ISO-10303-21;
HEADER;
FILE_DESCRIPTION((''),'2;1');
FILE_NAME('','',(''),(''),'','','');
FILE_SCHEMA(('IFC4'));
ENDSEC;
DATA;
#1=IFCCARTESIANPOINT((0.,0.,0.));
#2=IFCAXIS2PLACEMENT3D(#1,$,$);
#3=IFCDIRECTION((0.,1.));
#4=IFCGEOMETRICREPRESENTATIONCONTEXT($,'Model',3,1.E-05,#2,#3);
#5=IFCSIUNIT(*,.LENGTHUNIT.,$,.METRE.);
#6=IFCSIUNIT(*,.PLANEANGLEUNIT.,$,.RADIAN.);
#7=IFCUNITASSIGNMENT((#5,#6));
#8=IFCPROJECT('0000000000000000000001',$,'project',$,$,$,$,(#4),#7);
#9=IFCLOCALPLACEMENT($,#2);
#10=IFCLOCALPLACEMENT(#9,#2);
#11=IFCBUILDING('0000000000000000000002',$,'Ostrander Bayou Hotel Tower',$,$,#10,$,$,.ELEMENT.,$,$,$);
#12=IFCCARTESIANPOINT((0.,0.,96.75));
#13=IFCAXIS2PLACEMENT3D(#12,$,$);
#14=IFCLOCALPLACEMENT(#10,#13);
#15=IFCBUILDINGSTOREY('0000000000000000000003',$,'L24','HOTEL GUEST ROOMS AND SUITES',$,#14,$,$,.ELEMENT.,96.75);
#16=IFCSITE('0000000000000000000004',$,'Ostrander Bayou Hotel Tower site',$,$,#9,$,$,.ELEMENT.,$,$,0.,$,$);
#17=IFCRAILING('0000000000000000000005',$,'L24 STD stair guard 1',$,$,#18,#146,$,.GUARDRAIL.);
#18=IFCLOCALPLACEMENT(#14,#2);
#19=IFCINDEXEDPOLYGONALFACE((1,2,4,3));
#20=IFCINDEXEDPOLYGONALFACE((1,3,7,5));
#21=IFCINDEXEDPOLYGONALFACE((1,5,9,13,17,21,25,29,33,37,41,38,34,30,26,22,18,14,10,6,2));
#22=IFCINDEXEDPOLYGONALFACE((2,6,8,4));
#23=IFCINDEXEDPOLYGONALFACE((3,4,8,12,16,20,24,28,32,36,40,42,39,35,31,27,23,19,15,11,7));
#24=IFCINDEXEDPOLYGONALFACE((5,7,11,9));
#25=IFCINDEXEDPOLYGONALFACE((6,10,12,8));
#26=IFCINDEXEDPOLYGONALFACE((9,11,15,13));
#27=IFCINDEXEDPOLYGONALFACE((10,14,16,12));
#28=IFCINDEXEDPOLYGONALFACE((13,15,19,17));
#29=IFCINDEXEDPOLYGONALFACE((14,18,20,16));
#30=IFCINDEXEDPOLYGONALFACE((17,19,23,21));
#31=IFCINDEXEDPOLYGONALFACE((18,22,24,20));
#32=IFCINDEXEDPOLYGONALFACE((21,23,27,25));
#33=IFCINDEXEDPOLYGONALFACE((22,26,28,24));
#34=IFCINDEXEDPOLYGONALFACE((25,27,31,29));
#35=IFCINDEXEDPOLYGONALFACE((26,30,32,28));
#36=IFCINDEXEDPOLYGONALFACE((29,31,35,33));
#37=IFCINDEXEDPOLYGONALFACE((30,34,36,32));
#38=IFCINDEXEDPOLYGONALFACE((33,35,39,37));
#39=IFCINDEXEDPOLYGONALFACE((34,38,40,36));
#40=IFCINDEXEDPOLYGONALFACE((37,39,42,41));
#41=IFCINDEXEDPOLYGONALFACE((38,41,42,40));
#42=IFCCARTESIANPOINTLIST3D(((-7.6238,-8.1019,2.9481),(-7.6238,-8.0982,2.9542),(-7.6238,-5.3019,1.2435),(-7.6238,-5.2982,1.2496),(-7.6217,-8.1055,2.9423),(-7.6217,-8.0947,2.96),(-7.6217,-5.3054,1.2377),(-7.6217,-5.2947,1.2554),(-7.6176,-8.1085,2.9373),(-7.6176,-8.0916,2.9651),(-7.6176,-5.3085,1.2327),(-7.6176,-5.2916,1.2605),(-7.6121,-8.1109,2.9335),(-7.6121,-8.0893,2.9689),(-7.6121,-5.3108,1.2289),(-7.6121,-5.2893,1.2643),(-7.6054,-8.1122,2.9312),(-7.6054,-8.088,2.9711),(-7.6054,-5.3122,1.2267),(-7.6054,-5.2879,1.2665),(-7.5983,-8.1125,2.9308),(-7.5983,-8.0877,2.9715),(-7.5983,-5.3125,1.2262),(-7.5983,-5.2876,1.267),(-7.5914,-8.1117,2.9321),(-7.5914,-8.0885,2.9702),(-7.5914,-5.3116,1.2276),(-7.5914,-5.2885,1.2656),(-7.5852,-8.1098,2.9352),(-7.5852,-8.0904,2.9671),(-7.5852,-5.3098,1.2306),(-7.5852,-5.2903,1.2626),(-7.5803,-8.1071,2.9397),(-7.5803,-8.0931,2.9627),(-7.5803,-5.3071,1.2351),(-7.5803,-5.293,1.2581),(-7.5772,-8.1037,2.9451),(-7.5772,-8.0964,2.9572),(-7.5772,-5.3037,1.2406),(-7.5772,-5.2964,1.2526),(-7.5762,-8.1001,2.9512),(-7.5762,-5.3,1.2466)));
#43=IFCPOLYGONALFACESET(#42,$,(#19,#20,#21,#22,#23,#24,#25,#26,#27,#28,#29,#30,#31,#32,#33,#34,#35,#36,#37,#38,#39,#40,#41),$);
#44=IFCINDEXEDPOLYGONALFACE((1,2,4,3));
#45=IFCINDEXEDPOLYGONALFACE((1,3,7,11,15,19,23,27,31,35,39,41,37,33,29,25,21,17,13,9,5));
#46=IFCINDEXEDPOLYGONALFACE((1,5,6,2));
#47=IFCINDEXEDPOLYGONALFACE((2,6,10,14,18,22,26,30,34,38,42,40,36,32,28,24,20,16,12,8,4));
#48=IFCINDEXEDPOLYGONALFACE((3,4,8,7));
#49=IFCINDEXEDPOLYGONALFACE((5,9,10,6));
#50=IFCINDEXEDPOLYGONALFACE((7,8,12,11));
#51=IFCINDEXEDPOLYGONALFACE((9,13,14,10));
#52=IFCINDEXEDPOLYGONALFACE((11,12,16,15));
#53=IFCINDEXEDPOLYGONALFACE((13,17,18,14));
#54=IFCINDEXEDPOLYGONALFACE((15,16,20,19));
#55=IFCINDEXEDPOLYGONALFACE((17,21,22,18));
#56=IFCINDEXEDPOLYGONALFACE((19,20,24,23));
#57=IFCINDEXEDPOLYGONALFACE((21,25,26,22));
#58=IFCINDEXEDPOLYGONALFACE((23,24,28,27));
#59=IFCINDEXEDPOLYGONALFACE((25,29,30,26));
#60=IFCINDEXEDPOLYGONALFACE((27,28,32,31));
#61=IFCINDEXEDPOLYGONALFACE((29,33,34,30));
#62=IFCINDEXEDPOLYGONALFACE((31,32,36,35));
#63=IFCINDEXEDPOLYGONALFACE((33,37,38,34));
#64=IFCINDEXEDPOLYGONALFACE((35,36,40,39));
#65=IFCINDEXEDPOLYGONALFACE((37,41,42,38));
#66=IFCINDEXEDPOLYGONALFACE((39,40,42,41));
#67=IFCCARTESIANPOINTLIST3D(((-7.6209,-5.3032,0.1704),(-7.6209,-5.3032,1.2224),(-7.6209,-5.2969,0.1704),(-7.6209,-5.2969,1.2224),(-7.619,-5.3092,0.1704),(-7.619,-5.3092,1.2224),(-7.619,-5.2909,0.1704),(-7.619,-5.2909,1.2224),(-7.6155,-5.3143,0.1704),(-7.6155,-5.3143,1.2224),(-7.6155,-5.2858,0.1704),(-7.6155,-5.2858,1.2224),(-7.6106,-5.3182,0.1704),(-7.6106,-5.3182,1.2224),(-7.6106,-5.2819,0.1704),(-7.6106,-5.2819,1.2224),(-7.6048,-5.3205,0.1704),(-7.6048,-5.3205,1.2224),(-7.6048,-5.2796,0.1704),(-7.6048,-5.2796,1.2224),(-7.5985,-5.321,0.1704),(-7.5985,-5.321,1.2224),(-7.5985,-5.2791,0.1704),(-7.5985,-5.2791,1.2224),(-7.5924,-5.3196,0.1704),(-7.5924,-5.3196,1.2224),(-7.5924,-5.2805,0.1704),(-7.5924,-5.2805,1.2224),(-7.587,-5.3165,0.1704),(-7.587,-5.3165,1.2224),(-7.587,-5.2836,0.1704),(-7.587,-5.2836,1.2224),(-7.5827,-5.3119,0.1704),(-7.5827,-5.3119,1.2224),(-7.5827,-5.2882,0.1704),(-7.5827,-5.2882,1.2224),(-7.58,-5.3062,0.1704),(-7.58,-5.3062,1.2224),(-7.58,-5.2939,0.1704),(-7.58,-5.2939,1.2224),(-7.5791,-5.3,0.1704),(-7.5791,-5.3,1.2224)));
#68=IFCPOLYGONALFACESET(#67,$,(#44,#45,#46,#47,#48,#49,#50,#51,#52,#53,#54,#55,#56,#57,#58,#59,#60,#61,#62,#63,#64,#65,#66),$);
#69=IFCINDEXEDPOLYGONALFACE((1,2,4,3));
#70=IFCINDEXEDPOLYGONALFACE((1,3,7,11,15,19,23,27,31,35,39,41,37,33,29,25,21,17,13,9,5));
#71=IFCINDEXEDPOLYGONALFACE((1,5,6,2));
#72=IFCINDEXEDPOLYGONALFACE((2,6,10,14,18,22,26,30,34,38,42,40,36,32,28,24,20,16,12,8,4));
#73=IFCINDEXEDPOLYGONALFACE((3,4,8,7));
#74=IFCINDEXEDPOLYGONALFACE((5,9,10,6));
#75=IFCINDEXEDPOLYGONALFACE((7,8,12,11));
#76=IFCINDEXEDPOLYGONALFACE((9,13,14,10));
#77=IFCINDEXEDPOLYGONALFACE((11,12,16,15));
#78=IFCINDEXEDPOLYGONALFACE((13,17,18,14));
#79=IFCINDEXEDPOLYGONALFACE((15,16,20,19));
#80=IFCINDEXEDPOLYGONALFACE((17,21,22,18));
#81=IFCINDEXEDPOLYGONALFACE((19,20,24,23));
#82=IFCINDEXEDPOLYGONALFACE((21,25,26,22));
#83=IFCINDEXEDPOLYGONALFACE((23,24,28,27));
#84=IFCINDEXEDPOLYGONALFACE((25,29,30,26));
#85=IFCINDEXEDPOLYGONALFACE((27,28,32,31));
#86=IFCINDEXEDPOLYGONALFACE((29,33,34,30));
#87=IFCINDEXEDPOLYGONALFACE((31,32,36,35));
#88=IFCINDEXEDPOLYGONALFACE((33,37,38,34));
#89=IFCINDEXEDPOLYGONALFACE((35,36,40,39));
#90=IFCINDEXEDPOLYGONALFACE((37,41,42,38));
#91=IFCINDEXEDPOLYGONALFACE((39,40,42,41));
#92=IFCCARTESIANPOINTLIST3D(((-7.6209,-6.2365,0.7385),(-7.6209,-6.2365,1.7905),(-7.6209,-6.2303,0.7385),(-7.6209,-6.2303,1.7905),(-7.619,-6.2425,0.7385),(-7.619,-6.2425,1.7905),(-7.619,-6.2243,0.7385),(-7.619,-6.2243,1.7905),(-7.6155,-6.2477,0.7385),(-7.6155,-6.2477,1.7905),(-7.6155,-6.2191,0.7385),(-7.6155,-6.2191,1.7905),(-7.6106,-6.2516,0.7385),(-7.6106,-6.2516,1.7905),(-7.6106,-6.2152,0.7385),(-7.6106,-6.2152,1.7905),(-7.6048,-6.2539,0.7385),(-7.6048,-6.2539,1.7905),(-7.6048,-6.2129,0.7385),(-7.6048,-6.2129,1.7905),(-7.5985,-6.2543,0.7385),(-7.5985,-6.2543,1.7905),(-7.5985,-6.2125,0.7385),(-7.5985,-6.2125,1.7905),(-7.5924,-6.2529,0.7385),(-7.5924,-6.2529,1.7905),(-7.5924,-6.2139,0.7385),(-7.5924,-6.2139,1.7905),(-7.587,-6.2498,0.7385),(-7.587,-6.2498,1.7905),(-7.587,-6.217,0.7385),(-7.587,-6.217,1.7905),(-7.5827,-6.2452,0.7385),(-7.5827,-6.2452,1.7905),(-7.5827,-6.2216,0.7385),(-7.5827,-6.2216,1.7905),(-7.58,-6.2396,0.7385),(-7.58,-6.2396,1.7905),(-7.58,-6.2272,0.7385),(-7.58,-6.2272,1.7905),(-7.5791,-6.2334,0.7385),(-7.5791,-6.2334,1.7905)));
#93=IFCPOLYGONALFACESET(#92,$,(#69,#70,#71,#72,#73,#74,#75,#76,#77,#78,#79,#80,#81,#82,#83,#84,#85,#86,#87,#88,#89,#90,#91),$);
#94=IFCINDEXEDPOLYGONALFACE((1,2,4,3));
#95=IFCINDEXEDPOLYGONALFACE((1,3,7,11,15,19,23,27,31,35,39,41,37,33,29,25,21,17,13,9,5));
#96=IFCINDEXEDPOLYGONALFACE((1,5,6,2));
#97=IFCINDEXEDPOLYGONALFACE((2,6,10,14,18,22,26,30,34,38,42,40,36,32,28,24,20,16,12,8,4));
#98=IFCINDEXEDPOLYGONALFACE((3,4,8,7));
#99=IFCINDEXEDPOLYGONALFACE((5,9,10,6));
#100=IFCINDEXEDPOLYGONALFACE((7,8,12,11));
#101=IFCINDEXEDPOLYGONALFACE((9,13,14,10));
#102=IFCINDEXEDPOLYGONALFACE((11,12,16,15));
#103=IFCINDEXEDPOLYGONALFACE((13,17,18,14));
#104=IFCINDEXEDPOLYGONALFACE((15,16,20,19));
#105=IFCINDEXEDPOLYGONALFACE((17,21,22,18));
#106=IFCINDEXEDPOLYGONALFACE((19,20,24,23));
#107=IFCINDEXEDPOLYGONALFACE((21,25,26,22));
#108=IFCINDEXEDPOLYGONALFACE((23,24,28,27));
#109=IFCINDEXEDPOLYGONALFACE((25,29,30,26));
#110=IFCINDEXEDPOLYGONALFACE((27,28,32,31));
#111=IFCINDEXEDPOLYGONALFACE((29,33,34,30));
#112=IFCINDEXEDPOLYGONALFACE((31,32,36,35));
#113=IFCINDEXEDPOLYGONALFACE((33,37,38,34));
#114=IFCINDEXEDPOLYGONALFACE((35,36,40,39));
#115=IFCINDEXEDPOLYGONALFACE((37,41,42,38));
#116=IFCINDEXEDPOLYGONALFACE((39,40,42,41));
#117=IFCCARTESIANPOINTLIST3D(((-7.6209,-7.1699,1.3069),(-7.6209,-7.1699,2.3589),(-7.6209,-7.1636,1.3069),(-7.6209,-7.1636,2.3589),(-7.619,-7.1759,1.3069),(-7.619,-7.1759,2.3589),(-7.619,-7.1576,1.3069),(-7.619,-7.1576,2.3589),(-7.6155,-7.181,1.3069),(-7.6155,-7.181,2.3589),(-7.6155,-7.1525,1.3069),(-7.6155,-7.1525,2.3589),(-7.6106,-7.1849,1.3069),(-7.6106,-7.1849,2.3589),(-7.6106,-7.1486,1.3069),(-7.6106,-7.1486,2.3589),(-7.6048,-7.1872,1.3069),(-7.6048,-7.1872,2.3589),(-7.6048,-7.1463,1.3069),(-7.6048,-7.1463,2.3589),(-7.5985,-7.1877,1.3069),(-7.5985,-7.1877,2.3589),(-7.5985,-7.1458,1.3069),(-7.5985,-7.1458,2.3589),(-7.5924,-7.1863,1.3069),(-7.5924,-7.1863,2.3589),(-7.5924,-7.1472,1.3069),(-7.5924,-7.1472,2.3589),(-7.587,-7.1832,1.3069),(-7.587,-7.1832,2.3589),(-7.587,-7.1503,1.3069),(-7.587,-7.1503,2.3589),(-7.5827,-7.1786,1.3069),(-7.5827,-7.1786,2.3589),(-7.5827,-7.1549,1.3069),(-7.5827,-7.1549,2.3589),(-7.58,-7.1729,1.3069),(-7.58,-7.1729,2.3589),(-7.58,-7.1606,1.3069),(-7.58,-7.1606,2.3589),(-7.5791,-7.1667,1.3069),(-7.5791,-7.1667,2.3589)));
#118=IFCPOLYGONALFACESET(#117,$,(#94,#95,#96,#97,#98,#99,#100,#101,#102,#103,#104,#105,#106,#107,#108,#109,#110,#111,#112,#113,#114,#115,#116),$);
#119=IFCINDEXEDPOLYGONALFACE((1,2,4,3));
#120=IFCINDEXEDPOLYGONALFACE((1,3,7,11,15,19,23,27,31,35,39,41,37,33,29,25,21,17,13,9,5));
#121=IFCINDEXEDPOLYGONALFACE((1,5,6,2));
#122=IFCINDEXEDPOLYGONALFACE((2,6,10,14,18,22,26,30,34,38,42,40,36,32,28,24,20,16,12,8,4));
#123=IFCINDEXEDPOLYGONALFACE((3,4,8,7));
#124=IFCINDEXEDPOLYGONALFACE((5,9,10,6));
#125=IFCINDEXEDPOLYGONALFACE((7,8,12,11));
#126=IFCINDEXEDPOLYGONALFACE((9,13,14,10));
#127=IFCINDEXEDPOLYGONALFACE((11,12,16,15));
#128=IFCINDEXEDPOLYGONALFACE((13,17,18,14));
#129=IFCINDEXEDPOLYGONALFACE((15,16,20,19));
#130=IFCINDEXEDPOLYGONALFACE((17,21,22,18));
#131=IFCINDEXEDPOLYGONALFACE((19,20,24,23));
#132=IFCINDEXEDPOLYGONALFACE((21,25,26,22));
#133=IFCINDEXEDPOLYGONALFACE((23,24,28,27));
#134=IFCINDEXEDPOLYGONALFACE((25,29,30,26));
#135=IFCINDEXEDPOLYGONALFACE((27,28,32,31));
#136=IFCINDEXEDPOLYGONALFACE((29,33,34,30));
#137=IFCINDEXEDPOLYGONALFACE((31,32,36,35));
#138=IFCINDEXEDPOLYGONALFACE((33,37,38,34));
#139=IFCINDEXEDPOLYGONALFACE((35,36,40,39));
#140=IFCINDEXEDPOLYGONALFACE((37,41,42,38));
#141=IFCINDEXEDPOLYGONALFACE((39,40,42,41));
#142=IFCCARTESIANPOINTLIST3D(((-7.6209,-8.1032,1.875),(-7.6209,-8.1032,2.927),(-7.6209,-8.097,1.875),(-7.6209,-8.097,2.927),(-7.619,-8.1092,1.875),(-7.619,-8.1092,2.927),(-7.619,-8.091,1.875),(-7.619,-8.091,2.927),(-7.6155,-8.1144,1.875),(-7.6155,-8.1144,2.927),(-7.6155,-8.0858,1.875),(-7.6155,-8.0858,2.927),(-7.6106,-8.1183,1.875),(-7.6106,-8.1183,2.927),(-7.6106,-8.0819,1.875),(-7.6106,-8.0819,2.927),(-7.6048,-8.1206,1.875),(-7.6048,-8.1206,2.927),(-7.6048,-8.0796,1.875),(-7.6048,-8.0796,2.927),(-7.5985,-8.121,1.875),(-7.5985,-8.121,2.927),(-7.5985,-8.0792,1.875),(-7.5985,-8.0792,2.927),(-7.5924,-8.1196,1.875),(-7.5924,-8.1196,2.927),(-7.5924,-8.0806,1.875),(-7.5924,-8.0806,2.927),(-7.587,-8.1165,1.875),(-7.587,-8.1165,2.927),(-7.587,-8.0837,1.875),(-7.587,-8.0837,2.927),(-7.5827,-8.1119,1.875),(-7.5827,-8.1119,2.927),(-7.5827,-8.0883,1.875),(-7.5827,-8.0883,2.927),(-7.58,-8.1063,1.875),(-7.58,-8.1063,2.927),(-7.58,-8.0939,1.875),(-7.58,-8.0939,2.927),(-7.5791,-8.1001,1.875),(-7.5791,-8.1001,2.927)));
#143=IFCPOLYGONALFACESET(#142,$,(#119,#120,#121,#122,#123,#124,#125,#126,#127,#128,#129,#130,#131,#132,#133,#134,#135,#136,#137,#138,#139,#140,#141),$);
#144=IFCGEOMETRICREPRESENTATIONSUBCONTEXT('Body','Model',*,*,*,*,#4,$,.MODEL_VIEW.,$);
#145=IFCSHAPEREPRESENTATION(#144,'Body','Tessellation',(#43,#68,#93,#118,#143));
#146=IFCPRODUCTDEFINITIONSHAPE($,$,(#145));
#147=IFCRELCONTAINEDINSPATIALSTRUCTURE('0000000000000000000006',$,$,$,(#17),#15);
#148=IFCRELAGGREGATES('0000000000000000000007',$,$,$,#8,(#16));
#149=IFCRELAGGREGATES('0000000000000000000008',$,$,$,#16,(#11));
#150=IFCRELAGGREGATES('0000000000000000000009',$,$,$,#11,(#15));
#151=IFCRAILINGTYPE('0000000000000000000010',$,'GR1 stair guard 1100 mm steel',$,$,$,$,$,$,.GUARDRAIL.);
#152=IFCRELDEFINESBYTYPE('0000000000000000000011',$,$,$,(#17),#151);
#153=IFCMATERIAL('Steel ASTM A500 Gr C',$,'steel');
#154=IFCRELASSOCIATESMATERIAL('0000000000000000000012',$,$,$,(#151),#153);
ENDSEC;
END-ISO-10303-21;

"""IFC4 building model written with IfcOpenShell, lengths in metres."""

from ifc_helpers import new_model, si_unit, direction, frame, origin, origin_2d, place, context, subcontext, project, spatial, circle, extrude, material, type_object, element, save


model = new_model("IFC4")

# Units and contexts
model_context = context("Model", 3, precision=1e-05, world=origin(), true_north=direction((0.0, 1.0)))
body_context = subcontext(model_context, "Body", "Model", "MODEL_VIEW")
ifc_project = project(units=[si_unit("LENGTHUNIT", "METRE"), si_unit("PLANEANGLEUNIT", "RADIAN")], contexts=[model_context])

# Site, building, storey
site_placement = place(None, origin())
site = spatial("IfcSite", under=ifc_project, at=site_placement, Name="Ostrander Bayou Hotel Tower site", CompositionType="ELEMENT", RefElevation=0.0)
building_placement = place(site_placement, origin())
building = spatial("IfcBuilding", under=site, at=building_placement, Name="Ostrander Bayou Hotel Tower", CompositionType="ELEMENT")
storey_placement = place(building_placement, frame((0.0, 0.0, 96.75)))
storey = spatial("IfcBuildingStorey", under=building, at=storey_placement, Name="L24", Description="HOTEL GUEST ROOMS AND SUITES", CompositionType="ELEMENT", Elevation=96.75)

# Railing
ifc_material_1 = material(Name="Steel ASTM A500 Gr C", Category="steel")
railing_type_1 = type_object("IfcRailingType", Name="GR1 stair guard 1100 mm steel", PredefinedType="GUARDRAIL", material=ifc_material_1)
railing_1_placement = place(storey_placement, frame((-7.6001, -5.3, 0.1704)))
element("IfcRailing", 1, at=railing_1_placement, inside=storey, type_object=railing_type_1, Name="L24 STD stair guard 1", PredefinedType="GUARDRAIL", context=body_context, shape_type="SweptSolid", body=[
    extrude(circle(Radius=0.0239, at=origin_2d()), frame((0.0, 0.0, 1.0762), z_axis=(0.0, -0.85417, 0.519994), x_axis=(1.0, 0.0, 0.0)), (0.0, 0.0, 1.0), 3.2781),
    extrude(circle(Radius=0.021, at=origin_2d()), origin(), (0.0, 0.0, 1.0), 1.052),
    extrude(circle(Radius=0.021, at=origin_2d()), frame((0.0, -0.9333, 0.5681)), (0.0, 0.0, 1.0), 1.052),
    extrude(circle(Radius=0.021, at=origin_2d()), frame((0.0, -1.8667, 1.1365)), (0.0, 0.0, 1.0), 1.052),
    extrude(circle(Radius=0.021, at=origin_2d()), frame((0.0, -2.8, 1.7046)), (0.0, 0.0, 1.0), 1.052),
])

save(model, "model.ifc")
